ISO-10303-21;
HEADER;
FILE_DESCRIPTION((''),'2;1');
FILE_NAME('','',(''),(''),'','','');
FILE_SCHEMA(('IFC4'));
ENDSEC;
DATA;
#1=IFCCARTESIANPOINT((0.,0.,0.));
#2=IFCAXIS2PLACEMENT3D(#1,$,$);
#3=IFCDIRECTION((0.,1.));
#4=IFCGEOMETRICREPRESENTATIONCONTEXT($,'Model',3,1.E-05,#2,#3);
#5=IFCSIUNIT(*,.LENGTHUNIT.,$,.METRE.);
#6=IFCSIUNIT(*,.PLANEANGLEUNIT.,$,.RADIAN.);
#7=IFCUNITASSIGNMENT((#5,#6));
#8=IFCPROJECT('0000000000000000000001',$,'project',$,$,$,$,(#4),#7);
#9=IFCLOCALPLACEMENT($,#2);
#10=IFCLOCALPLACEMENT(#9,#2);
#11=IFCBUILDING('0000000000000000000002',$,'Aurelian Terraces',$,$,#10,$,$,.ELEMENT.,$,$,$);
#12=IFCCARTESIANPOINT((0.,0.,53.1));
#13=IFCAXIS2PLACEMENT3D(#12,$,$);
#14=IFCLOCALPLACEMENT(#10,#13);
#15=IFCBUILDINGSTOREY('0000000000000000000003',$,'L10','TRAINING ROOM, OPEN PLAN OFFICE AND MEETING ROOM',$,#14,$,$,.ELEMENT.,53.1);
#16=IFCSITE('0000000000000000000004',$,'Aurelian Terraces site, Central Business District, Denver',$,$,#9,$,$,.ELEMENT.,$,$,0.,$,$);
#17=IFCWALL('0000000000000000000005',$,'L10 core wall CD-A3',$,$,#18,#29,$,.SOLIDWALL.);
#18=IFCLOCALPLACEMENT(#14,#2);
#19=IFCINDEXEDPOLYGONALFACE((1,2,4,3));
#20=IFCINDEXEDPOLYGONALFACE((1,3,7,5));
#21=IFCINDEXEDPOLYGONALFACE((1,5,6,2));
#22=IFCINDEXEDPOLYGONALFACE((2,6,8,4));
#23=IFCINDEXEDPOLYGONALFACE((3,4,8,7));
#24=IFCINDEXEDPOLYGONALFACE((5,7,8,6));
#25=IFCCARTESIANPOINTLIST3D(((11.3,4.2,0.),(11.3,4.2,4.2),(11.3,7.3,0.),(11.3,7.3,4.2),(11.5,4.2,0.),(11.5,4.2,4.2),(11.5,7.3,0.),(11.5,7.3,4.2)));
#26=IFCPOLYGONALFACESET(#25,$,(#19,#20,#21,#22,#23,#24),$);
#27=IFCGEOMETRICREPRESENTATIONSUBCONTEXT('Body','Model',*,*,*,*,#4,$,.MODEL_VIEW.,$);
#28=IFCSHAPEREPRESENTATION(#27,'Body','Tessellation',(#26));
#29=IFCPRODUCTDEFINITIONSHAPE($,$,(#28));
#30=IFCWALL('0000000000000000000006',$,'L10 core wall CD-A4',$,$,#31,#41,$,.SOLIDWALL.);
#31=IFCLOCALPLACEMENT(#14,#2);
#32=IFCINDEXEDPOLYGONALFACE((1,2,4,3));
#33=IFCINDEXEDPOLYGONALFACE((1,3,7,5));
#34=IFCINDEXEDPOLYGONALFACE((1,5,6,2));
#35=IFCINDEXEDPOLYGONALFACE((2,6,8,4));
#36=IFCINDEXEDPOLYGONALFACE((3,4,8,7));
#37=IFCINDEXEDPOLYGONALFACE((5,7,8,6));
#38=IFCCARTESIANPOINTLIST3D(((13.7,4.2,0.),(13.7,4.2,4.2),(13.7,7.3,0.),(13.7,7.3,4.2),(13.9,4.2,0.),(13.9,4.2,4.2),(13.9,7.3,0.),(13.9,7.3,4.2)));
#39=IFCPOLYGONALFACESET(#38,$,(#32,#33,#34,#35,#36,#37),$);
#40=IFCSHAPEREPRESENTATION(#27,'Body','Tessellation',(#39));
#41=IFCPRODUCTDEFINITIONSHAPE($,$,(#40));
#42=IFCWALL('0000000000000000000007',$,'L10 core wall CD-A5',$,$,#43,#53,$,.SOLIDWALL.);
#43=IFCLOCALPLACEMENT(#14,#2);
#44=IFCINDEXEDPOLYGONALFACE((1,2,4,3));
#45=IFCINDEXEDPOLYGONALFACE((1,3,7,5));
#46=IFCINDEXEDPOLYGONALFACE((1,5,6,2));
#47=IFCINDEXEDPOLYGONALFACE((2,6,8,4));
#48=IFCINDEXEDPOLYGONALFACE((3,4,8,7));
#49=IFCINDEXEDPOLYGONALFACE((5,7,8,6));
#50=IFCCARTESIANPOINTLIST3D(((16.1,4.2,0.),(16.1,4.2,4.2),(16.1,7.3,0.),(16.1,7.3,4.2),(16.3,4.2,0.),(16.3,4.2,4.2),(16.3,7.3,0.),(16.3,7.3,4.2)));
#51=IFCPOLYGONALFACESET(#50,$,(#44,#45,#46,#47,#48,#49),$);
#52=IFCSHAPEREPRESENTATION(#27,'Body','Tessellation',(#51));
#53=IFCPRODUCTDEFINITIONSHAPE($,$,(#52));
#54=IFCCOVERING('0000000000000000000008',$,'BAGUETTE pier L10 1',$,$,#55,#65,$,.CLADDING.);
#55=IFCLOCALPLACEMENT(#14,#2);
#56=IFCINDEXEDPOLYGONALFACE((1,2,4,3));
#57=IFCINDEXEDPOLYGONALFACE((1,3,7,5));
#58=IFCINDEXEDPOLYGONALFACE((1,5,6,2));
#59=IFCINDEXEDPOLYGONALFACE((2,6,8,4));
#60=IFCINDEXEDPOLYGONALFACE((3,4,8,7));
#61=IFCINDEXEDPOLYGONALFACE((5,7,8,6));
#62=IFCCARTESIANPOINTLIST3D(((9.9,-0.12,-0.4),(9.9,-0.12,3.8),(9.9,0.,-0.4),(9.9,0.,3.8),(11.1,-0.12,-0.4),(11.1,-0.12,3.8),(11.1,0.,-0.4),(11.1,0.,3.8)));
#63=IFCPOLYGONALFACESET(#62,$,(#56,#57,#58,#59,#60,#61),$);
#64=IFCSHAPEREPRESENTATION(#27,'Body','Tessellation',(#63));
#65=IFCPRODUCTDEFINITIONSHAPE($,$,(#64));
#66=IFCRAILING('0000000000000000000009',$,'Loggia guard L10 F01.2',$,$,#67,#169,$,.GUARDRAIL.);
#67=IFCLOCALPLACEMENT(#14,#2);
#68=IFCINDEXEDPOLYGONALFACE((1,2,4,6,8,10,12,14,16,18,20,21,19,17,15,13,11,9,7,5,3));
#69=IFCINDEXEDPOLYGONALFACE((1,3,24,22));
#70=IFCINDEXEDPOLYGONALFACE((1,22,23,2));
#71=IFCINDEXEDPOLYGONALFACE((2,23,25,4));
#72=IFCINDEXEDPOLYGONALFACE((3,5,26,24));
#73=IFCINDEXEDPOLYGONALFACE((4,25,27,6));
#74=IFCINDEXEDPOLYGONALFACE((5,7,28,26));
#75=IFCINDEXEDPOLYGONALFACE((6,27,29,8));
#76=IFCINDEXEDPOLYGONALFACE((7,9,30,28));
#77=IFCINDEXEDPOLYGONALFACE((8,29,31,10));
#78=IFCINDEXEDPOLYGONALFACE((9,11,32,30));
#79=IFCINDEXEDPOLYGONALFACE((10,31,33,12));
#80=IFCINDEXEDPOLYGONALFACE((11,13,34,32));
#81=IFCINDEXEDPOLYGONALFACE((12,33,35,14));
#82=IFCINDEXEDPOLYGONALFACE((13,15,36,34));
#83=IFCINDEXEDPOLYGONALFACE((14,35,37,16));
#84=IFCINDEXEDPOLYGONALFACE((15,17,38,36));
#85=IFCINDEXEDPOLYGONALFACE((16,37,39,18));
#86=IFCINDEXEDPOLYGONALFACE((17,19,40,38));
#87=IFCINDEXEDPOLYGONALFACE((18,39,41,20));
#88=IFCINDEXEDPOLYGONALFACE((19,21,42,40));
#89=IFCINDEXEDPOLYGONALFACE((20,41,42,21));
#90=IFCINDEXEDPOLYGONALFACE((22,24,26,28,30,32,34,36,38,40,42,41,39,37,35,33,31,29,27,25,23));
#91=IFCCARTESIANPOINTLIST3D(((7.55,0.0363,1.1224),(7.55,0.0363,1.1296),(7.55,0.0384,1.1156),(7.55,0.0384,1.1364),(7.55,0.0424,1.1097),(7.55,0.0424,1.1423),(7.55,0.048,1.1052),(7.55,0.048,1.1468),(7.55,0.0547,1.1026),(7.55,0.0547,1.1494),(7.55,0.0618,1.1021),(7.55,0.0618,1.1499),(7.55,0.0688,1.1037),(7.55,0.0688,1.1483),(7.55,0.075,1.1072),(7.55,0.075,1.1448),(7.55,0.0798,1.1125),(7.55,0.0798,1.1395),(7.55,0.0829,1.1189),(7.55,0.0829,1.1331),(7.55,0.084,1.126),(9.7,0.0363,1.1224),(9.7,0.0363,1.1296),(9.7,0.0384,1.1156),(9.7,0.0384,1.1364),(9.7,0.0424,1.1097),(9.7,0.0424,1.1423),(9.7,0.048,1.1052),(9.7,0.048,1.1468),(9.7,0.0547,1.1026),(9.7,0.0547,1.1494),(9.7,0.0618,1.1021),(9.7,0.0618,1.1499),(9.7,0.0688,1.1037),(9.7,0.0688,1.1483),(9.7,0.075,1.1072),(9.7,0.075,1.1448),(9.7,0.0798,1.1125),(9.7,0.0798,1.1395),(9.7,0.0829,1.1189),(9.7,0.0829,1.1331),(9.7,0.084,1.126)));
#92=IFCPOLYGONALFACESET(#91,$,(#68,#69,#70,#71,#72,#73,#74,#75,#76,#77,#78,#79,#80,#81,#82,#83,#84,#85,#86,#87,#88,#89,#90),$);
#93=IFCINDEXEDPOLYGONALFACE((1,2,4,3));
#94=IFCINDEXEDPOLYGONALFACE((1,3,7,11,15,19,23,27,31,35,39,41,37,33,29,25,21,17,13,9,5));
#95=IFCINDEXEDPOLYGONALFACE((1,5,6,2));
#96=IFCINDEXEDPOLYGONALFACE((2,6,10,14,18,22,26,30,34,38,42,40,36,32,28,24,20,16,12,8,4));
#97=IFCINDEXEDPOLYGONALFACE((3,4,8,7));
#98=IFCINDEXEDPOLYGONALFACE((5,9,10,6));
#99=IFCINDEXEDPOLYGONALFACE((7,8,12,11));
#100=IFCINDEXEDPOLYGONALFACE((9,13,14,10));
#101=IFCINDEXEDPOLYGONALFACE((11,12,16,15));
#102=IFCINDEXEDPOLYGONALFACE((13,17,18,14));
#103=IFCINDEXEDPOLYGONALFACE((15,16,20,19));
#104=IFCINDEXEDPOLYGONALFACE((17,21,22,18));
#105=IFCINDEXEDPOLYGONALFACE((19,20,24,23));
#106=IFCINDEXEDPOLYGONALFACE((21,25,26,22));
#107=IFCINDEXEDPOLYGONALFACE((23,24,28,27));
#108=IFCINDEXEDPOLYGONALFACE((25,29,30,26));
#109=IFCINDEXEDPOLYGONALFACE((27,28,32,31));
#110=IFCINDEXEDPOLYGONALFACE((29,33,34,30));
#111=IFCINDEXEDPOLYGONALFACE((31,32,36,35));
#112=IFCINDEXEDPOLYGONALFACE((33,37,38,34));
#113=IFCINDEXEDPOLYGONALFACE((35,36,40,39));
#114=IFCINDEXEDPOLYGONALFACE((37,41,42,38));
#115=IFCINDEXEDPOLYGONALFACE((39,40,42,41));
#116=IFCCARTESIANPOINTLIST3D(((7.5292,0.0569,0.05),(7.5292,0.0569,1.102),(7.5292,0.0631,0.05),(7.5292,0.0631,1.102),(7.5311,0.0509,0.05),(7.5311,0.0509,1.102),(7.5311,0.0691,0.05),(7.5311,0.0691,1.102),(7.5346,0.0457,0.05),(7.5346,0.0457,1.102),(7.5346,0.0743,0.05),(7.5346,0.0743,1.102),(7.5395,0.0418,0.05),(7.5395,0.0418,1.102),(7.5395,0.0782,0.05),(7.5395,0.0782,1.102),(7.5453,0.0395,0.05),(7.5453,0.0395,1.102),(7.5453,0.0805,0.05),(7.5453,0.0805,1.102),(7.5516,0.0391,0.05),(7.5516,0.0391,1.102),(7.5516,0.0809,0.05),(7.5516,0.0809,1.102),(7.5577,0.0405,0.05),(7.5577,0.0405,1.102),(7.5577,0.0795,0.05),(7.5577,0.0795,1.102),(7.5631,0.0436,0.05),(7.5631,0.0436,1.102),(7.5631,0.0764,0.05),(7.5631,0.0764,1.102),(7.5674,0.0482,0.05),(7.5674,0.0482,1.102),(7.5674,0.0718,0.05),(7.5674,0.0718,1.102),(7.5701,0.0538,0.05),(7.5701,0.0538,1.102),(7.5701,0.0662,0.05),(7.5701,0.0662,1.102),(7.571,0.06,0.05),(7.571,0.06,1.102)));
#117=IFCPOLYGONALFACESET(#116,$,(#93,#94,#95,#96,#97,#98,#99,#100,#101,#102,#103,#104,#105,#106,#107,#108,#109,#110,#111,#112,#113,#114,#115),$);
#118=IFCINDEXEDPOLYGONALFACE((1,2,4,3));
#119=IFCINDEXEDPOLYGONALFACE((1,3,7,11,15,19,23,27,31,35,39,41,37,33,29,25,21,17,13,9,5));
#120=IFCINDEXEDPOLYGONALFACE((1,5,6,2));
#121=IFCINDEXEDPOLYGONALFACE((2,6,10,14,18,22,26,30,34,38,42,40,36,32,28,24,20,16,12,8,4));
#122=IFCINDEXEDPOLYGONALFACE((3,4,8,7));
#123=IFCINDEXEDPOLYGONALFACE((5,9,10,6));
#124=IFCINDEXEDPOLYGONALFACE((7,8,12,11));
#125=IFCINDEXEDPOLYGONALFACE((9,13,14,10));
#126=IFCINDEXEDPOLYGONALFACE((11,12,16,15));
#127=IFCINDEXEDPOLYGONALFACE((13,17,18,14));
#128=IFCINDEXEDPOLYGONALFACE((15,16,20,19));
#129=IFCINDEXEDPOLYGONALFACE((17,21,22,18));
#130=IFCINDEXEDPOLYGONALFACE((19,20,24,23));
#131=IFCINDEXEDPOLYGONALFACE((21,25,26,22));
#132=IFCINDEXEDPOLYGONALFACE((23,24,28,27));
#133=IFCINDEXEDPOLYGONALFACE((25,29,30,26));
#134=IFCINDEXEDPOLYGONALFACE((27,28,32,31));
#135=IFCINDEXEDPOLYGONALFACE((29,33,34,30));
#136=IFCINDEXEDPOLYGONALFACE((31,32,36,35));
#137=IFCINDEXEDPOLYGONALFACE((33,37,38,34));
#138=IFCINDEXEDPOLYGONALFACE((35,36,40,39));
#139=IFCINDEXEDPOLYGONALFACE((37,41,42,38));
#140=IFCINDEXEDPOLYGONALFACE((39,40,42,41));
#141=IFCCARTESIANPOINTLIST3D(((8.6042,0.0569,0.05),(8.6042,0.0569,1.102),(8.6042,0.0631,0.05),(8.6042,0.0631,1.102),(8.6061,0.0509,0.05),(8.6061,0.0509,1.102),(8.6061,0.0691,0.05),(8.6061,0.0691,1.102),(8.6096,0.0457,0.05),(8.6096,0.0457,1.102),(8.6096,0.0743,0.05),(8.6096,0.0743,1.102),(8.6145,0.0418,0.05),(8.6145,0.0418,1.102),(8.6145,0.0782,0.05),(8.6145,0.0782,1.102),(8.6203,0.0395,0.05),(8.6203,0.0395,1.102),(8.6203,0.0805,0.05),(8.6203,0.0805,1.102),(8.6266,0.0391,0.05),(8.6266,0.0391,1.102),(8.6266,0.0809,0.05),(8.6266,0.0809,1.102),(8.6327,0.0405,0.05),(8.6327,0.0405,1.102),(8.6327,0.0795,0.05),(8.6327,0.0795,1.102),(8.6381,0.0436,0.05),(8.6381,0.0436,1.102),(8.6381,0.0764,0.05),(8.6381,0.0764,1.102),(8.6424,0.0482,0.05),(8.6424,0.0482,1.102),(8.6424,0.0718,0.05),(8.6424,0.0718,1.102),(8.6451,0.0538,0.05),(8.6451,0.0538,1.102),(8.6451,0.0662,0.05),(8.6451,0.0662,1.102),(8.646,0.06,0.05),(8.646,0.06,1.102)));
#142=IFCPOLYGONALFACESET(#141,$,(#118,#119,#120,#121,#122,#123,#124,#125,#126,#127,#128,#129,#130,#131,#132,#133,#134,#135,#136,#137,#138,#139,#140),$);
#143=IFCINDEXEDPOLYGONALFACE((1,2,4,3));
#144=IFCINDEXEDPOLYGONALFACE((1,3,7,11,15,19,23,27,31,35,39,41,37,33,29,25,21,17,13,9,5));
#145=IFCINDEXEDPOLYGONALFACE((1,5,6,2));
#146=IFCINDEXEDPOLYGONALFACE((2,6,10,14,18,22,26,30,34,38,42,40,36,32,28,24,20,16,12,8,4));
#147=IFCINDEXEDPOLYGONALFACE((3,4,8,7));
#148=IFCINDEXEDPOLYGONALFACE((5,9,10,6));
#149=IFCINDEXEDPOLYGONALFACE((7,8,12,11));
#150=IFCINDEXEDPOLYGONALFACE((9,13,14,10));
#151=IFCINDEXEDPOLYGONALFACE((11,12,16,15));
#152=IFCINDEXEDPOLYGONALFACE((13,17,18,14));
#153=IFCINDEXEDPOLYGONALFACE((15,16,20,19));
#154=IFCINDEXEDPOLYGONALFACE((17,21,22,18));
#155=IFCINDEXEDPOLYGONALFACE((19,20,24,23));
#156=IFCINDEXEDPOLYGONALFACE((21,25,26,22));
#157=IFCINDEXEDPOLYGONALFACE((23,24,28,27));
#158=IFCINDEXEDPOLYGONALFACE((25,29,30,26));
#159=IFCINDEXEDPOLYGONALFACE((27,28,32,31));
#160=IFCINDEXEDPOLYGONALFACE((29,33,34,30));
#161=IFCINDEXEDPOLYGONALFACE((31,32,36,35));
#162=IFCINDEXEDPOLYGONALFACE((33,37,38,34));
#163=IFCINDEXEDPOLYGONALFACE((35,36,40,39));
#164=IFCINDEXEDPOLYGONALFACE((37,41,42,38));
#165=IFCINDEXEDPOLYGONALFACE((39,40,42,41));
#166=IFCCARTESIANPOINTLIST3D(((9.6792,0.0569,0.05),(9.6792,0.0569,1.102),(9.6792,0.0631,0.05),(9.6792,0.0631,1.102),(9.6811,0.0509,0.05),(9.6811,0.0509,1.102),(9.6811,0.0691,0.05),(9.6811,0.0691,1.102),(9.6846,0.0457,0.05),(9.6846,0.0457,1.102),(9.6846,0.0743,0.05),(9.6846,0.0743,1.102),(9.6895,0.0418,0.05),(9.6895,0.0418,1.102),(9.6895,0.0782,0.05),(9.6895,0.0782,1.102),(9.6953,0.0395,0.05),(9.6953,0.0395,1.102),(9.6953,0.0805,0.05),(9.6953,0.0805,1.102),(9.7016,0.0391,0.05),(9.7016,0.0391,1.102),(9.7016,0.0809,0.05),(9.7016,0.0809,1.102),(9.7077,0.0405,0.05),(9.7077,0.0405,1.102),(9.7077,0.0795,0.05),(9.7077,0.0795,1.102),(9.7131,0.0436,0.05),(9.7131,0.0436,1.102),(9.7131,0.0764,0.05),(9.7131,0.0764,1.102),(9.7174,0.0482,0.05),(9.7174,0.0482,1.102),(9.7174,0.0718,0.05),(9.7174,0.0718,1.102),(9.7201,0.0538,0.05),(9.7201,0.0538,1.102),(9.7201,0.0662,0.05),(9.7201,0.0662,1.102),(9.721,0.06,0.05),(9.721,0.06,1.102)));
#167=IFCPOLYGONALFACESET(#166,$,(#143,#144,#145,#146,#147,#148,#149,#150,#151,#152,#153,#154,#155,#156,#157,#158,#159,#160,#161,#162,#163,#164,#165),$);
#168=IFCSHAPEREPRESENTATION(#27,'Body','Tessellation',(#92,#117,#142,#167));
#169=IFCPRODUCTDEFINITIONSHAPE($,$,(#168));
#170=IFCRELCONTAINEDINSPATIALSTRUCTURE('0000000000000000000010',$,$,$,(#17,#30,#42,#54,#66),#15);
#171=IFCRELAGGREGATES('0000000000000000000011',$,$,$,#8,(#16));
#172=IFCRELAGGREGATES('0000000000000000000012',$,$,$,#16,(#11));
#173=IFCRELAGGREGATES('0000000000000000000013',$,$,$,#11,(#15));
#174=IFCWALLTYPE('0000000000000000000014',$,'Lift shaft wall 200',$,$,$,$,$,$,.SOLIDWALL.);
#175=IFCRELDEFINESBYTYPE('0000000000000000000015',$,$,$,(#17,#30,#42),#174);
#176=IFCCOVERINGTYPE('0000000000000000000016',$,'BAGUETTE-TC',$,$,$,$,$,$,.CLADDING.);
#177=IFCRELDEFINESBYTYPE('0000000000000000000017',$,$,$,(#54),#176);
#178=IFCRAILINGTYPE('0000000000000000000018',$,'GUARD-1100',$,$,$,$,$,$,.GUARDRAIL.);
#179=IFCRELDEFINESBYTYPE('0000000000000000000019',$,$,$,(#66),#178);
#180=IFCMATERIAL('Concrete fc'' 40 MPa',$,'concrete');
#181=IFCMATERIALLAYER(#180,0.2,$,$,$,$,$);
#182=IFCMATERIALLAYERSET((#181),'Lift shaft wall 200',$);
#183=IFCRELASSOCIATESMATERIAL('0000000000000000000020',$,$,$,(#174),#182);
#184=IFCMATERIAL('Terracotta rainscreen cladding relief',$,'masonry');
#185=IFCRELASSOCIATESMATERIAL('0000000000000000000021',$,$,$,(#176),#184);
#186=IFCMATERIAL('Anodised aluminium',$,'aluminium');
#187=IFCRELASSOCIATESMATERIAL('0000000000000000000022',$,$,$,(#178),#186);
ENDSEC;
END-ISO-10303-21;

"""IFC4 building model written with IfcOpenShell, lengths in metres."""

from ifc_helpers import new_model, si_unit, direction, frame, frame_2d, origin, origin_2d, place, context, subcontext, project, spatial, rectangle, circle, extrude, source, transform, mapped, material, layer, layer_set, type_object, element, save


model = new_model("IFC4")

# Units and contexts
model_context = context("Model", 3, precision=1e-05, world=origin(), true_north=direction((0.0, 1.0)))
body_context = subcontext(model_context, "Body", "Model", "MODEL_VIEW")
ifc_project = project(units=[si_unit("LENGTHUNIT", "METRE"), si_unit("PLANEANGLEUNIT", "RADIAN")], contexts=[model_context])

# Site, building, storey
site_placement = place(None, origin())
site = spatial("IfcSite", under=ifc_project, at=site_placement, Name="Aurelian Terraces site, Central Business District, Denver", CompositionType="ELEMENT", RefElevation=0.0)
building_placement = place(site_placement, origin())
building = spatial("IfcBuilding", under=site, at=building_placement, Name="Aurelian Terraces", CompositionType="ELEMENT")
storey_placement = place(building_placement, frame((0.0, 0.0, 53.1)))
storey = spatial("IfcBuildingStorey", under=building, at=storey_placement, Name="L10", Description="TRAINING ROOM, OPEN PLAN OFFICE AND MEETING ROOM", CompositionType="ELEMENT", Elevation=53.1)

# Shared definitions
ifc_material_1 = material(Name="Concrete fc' 40 MPa", Category="concrete")

# Walls
ifc_layer_1 = layer(ifc_material_1, 0.2)
ifc_layer_set_1 = layer_set([ifc_layer_1], Name="Lift shaft wall 200")
wall_type_1 = type_object("IfcWallType", Name="Lift shaft wall 200", PredefinedType="SOLIDWALL", material=ifc_layer_set_1)
shared_shape_1 = source(origin(), body_context, "Body", "SweptSolid", [
    extrude(rectangle(XDim=3.1, YDim=0.2, at=frame_2d((1.55, 0.0))), origin(), (0.0, 0.0, 1.0), 4.2),
])
for number, where, z_axis, x_axis, name in (
    (1, (11.4, 4.2, 0.0), (0.0, 0.0, 1.0), (0.0, 1.0, 0.0), "L10 core wall CD-A3"),
    (2, (13.8, 4.2, 0.0), (0.0, 0.0, 1.0), (0.0, 1.0, 0.0), "L10 core wall CD-A4"),
    (3, (16.2, 4.2, 0.0), (0.0, 0.0, 1.0), (0.0, 1.0, 0.0), "L10 core wall CD-A5"),
):
    element("IfcWall", number, at=place(storey_placement, frame(where, z_axis=z_axis, x_axis=x_axis)), inside=storey, type_object=wall_type_1, Name=name, PredefinedType="SOLIDWALL", context=body_context, shape_type="MappedRepresentation", body=[
        mapped(shared_shape_1, transform((0.0, 0.0, 0.0), scale=1.0)),
    ])

# Covering
ifc_material_2 = material(Name="Terracotta rainscreen cladding relief", Category="masonry")
covering_type = type_object("IfcCoveringType", Name="BAGUETTE-TC", PredefinedType="CLADDING", material=ifc_material_2)
shared_shape_2 = source(origin(), body_context, "Body", "SweptSolid", [
    extrude(rectangle(XDim=1.2, YDim=0.12, at=origin_2d()), origin(), (0.0, 0.0, 1.0), 4.2),
])
covering_placement = place(storey_placement, frame((10.5, -0.06, -0.4), z_axis=(0.0, 0.0, 1.0), x_axis=(1.0, 0.0, 0.0)))
element("IfcCovering", 4, at=covering_placement, inside=storey, type_object=covering_type, Name="BAGUETTE pier L10 1", PredefinedType="CLADDING", context=body_context, shape_type="MappedRepresentation", body=[
    mapped(shared_shape_2, transform((0.0, 0.0, 0.0), scale=1.0)),
])

# Railing
ifc_material_3 = material(Name="Anodised aluminium", Category="aluminium")
railing_type = type_object("IfcRailingType", Name="GUARD-1100", PredefinedType="GUARDRAIL", material=ifc_material_3)
shared_shape_3 = source(origin(), body_context, "Body", "SweptSolid", [
    extrude(circle(Radius=0.024, at=origin_2d()), frame((0.0, 0.0, 1.076), z_axis=(1.0, 0.0, 0.0), x_axis=(0.0, 1.0, 0.0)), (0.0, 0.0, 1.0), 2.15),
    extrude(circle(Radius=0.021, at=origin_2d()), origin(), (0.0, 0.0, 1.0), 1.052),
    extrude(circle(Radius=0.021, at=origin_2d()), frame((1.075, 0.0, 0.0)), (0.0, 0.0, 1.0), 1.052),
    extrude(circle(Radius=0.021, at=origin_2d()), frame((2.15, 0.0, 0.0)), (0.0, 0.0, 1.0), 1.052),
])
railing_placement = place(storey_placement, frame((7.55, 0.06, 0.05)))
element("IfcRailing", 5, at=railing_placement, inside=storey, type_object=railing_type, Name="Loggia guard L10 F01.2", PredefinedType="GUARDRAIL", context=body_context, shape_type="MappedRepresentation", body=[
    mapped(shared_shape_3, transform((0.0, 0.0, 0.0), scale=1.0)),
])

save(model, "model.ifc")
